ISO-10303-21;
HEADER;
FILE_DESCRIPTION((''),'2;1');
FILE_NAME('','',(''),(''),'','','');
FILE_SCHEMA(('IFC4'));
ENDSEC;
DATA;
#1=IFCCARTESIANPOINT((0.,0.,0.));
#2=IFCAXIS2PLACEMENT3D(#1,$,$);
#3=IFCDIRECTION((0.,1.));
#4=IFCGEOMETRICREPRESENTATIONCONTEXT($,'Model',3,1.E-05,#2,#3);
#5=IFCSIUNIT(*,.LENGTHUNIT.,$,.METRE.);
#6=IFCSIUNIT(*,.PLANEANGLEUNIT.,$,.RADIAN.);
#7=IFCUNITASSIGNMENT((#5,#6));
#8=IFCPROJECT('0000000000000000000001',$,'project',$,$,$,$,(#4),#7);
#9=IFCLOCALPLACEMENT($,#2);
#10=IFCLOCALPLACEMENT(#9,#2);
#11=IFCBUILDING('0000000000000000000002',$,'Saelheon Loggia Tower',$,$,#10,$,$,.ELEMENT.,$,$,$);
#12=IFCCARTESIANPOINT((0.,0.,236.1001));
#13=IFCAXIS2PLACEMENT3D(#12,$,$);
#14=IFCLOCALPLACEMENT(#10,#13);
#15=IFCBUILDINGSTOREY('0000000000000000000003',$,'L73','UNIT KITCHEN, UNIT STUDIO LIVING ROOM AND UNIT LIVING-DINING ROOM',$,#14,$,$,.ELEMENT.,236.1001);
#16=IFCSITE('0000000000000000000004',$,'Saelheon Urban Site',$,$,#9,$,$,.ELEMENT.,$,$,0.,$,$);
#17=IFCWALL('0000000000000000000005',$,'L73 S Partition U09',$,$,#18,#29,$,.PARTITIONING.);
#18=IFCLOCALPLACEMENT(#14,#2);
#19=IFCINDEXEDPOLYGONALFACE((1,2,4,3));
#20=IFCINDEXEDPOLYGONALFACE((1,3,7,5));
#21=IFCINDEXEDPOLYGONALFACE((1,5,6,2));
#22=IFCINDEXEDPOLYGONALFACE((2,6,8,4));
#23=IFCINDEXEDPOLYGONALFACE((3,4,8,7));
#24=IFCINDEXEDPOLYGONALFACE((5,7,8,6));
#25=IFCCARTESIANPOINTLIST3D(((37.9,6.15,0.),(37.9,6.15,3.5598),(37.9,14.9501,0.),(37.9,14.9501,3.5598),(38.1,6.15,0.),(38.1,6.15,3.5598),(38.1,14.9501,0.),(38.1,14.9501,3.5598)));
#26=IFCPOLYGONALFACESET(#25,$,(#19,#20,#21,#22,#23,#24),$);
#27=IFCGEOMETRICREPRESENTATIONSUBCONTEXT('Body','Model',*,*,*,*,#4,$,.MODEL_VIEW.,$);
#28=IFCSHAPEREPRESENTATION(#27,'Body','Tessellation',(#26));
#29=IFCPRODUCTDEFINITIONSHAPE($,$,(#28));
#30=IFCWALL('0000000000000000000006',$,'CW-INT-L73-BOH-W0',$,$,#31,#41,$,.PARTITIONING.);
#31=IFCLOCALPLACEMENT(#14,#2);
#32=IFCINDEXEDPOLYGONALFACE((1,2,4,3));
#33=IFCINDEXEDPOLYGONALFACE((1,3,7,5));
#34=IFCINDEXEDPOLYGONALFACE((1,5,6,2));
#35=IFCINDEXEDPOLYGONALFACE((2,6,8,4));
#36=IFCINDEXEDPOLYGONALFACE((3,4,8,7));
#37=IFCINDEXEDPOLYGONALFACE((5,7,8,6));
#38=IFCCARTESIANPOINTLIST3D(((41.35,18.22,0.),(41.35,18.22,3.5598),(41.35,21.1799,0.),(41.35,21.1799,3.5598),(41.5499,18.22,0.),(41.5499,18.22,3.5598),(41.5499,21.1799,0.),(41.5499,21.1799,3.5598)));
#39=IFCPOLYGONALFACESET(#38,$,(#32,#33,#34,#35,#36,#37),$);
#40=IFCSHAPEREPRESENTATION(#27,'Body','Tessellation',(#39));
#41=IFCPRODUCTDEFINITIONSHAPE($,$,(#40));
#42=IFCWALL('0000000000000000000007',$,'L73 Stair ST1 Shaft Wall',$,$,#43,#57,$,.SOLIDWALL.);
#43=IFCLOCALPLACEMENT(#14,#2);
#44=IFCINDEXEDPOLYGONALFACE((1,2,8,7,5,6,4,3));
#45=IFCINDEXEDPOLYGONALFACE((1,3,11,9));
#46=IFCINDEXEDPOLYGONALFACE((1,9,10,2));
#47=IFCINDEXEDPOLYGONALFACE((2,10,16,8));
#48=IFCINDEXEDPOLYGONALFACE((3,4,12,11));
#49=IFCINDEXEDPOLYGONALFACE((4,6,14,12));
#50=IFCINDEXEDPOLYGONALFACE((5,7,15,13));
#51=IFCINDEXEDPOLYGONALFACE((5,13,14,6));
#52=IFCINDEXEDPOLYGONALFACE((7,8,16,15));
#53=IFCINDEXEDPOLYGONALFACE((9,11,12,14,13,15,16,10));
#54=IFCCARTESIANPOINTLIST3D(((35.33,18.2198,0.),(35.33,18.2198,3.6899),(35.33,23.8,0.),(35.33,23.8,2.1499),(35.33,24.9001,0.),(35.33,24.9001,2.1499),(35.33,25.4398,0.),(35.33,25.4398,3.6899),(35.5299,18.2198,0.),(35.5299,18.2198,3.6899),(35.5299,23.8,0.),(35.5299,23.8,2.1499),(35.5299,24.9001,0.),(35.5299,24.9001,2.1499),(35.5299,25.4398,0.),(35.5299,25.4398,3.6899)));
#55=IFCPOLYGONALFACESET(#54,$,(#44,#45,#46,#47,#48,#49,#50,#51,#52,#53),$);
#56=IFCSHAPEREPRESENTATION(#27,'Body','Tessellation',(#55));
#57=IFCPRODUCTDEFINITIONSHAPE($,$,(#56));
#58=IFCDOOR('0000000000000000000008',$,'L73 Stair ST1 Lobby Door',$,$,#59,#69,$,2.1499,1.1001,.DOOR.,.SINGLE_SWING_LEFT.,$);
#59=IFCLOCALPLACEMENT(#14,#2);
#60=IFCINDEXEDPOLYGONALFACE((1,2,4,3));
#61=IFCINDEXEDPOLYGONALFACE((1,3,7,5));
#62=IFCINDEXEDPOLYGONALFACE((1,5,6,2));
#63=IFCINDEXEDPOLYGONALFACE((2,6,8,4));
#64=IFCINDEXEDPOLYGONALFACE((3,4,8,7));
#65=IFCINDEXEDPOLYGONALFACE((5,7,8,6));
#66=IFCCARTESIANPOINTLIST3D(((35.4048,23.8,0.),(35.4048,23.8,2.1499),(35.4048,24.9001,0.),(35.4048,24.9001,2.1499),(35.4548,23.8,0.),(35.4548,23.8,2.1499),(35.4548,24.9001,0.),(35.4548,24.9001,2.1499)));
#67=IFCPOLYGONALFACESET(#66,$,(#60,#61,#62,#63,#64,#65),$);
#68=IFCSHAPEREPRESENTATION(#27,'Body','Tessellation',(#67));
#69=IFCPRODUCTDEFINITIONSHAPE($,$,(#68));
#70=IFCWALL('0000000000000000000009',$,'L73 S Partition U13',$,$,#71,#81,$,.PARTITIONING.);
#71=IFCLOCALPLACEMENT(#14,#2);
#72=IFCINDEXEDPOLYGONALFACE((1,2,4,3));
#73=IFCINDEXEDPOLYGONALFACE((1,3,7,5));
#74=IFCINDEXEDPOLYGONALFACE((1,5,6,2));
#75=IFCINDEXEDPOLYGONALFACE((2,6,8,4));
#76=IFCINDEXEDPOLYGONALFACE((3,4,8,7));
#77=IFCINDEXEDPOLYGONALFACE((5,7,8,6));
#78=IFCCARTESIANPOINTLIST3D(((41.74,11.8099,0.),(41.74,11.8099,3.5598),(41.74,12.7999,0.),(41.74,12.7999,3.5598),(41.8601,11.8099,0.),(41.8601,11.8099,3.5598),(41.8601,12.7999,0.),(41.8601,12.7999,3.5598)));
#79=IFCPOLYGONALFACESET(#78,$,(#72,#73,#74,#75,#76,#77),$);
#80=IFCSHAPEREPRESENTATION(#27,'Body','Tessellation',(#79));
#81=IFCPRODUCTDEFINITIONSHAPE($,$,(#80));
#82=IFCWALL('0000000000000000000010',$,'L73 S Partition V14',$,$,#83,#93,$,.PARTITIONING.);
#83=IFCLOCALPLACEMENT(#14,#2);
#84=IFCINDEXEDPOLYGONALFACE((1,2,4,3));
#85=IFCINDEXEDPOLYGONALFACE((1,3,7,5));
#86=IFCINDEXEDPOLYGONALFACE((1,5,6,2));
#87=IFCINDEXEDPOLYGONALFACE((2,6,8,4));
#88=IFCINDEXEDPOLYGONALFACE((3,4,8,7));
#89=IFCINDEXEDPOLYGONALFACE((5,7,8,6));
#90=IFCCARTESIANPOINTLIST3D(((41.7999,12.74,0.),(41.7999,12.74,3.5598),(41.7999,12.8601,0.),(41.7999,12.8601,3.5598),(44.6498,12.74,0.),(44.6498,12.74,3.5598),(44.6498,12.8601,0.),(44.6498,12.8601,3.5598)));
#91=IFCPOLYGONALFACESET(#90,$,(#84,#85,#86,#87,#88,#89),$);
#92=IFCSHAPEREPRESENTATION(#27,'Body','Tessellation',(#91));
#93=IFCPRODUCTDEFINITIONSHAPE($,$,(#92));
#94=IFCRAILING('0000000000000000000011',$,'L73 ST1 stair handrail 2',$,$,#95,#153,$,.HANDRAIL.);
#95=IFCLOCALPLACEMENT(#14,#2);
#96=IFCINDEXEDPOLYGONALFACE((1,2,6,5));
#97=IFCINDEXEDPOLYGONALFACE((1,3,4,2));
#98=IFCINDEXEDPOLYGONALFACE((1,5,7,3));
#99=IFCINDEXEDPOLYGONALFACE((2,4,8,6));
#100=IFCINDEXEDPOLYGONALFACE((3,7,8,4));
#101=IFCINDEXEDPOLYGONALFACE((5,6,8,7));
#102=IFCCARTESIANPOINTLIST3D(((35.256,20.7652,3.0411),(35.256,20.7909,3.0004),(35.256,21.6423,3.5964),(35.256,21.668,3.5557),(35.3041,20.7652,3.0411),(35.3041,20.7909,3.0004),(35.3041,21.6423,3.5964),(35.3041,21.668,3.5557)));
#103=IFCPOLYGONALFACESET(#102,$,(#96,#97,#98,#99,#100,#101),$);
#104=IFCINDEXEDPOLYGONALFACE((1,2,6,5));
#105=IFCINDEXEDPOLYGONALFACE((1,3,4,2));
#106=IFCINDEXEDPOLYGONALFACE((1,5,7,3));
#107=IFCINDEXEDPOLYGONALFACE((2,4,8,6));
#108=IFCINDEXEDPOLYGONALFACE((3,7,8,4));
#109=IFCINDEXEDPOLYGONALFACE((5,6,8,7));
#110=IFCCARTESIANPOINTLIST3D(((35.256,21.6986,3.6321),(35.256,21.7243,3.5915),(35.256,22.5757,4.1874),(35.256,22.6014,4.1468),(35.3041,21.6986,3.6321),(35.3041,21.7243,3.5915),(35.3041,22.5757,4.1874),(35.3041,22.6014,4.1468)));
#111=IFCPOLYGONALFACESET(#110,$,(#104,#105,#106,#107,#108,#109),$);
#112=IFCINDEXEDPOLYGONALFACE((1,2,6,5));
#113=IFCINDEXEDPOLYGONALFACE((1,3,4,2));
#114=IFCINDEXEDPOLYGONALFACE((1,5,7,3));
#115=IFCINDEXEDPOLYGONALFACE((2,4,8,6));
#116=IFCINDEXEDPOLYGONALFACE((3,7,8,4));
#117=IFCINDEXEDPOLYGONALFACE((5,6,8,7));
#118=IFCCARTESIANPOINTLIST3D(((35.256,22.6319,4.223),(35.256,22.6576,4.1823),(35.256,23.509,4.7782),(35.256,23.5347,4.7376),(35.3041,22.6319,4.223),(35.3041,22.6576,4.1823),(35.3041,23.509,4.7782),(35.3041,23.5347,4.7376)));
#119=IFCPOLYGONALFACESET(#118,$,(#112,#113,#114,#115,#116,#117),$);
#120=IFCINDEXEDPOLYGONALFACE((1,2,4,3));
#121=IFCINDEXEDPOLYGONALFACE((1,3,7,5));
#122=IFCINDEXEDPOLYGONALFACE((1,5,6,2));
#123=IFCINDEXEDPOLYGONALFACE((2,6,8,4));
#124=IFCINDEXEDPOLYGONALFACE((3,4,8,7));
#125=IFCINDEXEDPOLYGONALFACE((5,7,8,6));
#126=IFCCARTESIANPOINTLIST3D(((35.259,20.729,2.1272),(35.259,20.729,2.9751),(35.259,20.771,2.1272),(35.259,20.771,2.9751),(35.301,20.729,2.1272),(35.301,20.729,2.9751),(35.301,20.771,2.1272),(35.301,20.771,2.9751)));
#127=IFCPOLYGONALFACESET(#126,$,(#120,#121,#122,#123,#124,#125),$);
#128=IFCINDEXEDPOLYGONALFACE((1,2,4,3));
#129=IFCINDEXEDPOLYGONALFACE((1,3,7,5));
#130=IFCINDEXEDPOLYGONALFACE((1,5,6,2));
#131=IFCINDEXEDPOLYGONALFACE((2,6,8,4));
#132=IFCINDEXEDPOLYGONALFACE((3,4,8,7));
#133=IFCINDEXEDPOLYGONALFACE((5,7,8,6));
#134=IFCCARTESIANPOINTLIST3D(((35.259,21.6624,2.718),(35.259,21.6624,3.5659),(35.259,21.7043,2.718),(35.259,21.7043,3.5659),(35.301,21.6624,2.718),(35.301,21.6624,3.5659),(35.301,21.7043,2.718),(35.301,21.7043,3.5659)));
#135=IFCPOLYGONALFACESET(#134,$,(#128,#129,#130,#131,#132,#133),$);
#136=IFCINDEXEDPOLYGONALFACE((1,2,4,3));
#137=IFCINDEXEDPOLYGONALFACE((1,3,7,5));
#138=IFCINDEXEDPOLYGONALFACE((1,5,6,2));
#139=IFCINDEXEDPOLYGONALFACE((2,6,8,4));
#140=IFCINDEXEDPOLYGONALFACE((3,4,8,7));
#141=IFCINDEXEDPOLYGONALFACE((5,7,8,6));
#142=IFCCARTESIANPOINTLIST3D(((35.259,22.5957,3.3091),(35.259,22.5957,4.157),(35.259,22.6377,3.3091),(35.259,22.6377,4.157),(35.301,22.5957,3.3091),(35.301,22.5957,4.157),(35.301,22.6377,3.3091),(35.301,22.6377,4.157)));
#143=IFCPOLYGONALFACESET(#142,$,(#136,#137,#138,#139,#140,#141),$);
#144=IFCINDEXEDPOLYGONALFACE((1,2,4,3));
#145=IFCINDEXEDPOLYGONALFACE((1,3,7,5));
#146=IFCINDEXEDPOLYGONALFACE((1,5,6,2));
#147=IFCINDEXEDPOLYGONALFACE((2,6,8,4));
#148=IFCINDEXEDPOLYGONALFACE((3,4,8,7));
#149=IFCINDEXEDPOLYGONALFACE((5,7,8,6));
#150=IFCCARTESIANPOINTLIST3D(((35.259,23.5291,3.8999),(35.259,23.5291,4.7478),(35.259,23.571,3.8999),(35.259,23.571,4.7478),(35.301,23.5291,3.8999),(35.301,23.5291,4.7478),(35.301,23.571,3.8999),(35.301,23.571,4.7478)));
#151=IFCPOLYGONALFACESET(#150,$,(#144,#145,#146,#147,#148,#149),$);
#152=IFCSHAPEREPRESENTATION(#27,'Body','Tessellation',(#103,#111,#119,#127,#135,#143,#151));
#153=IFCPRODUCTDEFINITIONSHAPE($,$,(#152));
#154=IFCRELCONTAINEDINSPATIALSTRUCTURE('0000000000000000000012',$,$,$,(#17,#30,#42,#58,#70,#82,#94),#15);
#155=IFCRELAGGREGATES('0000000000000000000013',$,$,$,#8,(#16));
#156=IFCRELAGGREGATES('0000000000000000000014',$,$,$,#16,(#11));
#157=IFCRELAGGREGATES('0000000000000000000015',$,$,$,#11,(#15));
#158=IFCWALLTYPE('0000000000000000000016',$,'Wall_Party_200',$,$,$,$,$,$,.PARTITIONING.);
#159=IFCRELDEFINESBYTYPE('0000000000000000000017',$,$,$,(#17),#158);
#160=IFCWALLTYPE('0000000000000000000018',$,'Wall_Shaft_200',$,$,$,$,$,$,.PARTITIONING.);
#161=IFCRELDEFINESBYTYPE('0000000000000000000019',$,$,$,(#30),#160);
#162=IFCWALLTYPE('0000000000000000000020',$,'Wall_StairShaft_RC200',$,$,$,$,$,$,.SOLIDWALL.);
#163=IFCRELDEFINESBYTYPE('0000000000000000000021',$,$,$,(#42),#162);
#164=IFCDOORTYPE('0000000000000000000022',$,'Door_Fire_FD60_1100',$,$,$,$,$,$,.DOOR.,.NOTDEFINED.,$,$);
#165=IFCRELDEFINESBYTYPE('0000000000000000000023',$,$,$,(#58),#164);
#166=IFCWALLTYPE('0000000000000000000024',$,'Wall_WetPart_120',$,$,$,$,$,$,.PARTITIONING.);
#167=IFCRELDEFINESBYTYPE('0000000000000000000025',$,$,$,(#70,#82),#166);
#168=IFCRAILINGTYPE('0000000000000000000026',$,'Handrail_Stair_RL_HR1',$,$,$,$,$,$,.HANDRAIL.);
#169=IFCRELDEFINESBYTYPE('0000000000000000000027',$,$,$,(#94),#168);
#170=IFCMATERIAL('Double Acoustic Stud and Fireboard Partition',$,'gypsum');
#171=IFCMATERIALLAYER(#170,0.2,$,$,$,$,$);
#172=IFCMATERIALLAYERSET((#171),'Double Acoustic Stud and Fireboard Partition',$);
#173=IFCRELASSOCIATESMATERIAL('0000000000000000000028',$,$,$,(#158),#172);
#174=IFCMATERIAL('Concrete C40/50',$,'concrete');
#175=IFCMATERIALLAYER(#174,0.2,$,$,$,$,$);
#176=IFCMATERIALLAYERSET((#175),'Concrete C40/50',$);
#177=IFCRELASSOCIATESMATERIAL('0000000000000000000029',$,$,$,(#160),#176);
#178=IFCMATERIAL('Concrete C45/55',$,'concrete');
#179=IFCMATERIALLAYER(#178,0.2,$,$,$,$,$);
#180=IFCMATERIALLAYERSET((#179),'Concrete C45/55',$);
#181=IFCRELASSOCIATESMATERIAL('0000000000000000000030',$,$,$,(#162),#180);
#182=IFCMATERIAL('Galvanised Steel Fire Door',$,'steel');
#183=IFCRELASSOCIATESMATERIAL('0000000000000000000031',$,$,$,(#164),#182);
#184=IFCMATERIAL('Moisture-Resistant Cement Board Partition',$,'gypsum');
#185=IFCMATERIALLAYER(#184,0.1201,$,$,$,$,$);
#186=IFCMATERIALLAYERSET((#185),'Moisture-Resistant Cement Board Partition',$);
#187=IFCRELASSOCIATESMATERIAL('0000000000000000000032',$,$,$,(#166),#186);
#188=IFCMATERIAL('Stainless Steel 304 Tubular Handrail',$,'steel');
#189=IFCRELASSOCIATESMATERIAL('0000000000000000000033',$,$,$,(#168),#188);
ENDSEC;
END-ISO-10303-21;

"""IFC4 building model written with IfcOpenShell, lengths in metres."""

from ifc_helpers import new_model, si_unit, direction, frame, frame_2d, origin, origin_2d, place, context, subcontext, project, spatial, rectangle, extrude, source, transform, mapped, material, layer, layer_set, type_object, element, fill, save


model = new_model("IFC4")

# Units and contexts
model_context = context("Model", 3, precision=1e-05, world=origin(), true_north=direction((0.0, 1.0)))
body_context = subcontext(model_context, "Body", "Model", "MODEL_VIEW")
ifc_project = project(units=[si_unit("LENGTHUNIT", "METRE"), si_unit("PLANEANGLEUNIT", "RADIAN")], contexts=[model_context])

# Site, building, storey
site_placement = place(None, origin())
site = spatial("IfcSite", under=ifc_project, at=site_placement, Name="Saelheon Urban Site", CompositionType="ELEMENT", RefElevation=0.0)
building_placement = place(site_placement, origin())
building = spatial("IfcBuilding", under=site, at=building_placement, Name="Saelheon Loggia Tower", CompositionType="ELEMENT")
storey_placement = place(building_placement, frame((0.0, 0.0, 236.1001)))
storey = spatial("IfcBuildingStorey", under=building, at=storey_placement, Name="L73", Description="UNIT KITCHEN, UNIT STUDIO LIVING ROOM AND UNIT LIVING-DINING ROOM", CompositionType="ELEMENT", Elevation=236.1001)

# Wall
ifc_material_1 = material(Name="Double Acoustic Stud and Fireboard Partition", Category="gypsum")
ifc_layer_1 = layer(ifc_material_1, 0.2)
ifc_layer_set_1 = layer_set([ifc_layer_1], Name="Double Acoustic Stud and Fireboard Partition")
wall_type_1 = type_object("IfcWallType", Name="Wall_Party_200", PredefinedType="PARTITIONING", material=ifc_layer_set_1)
wall_1_placement = place(storey_placement, frame((38.0, 14.95, 0.0), z_axis=(0.0, 0.0, 1.0), x_axis=(0.0, -1.0, 0.0)))
element("IfcWall", 1, at=wall_1_placement, inside=storey, type_object=wall_type_1, Name="L73 S Partition U09", PredefinedType="PARTITIONING", context=body_context, shape_type="SweptSolid", body=[
    extrude(rectangle(XDim=8.8, YDim=0.2, at=frame_2d((4.3999, 0.0))), origin(), (0.0, 0.0, 1.0), 3.5598),
])

# Wall
ifc_material_2 = material(Name="Concrete C40/50", Category="concrete")
ifc_layer_2 = layer(ifc_material_2, 0.2)
ifc_layer_set_2 = layer_set([ifc_layer_2], Name="Concrete C40/50")
wall_type_2 = type_object("IfcWallType", Name="Wall_Shaft_200", PredefinedType="PARTITIONING", material=ifc_layer_set_2)
wall_2_placement = place(storey_placement, frame((41.45, 18.22, 0.0), z_axis=(0.0, 0.0, 1.0), x_axis=(0.0, 1.0, 0.0)))
element("IfcWall", 2, at=wall_2_placement, inside=storey, type_object=wall_type_2, Name="CW-INT-L73-BOH-W0", PredefinedType="PARTITIONING", context=body_context, shape_type="SweptSolid", body=[
    extrude(rectangle(XDim=2.96, YDim=0.2, at=frame_2d((1.48, 0.0))), origin(), (0.0, 0.0, 1.0), 3.5598),
])

# Wall, opening, door
ifc_material_3 = material(Name="Concrete C45/55", Category="concrete")
ifc_layer_3 = layer(ifc_material_3, 0.2)
ifc_layer_set_3 = layer_set([ifc_layer_3], Name="Concrete C45/55")
wall_type_3 = type_object("IfcWallType", Name="Wall_StairShaft_RC200", PredefinedType="SOLIDWALL", material=ifc_layer_set_3)
wall_3_placement = place(storey_placement, frame((35.4299, 18.22, 0.0), z_axis=(0.0, 0.0, 1.0), x_axis=(0.0, 1.0, 0.0)))
wall_3 = element("IfcWall", 3, at=wall_3_placement, inside=storey, type_object=wall_type_3, Name="L73 Stair ST1 Shaft Wall", PredefinedType="SOLIDWALL", context=body_context, shape_type="SweptSolid", body=[
    extrude(rectangle(XDim=7.22, YDim=0.2, at=frame_2d((3.6099, 0.0))), origin(), (0.0, 0.0, 1.0), 3.6899),
])
opening_1_placement = place(wall_3_placement, frame((6.6802, 0.0, 0.0), z_axis=(0.0, 0.0, 1.0), x_axis=(-1.0, 0.0, 0.0)))
opening_1 = element("IfcOpeningElement", 4, at=opening_1_placement, cuts=wall_3, PredefinedType="OPENING", context=body_context, shape_type="SweptSolid", body=[
    extrude(rectangle(XDim=1.1001, YDim=2.1499, at=frame_2d((0.55, 1.075))), frame((0.0, 0.1121, 0.0), z_axis=(0.0, -1.0, 0.0), x_axis=(1.0, 0.0, 0.0)), (0.0, 0.0, 1.0), 0.2239),
])
ifc_material_4 = material(Name="Galvanised Steel Fire Door", Category="steel")
door_type_1 = type_object("IfcDoorType", Name="Door_Fire_FD60_1100", OperationType="NOTDEFINED", PredefinedType="DOOR", material=ifc_material_4)
shared_shape_1 = source(origin(), body_context, "Body", "SweptSolid", [
    extrude(rectangle(XDim=1.1001, YDim=2.1499, at=frame_2d((0.55, 1.075))), frame((0.0, 0.0249, 0.0), z_axis=(0.0, -1.0, 0.0), x_axis=(1.0, 0.0, 0.0)), (0.0, 0.0, 1.0), 0.05),
])
door_1_placement = place(opening_1_placement, origin())
door_1 = element("IfcDoor", 5, at=door_1_placement, inside=storey, type_object=door_type_1, Name="L73 Stair ST1 Lobby Door", OperationType="SINGLE_SWING_LEFT", OverallHeight=2.1499, OverallWidth=1.1001, PredefinedType="DOOR", context=body_context, shape_type="MappedRepresentation", body=[
    mapped(shared_shape_1, transform((0.0, 0.0, 0.0), scale=1.0)),
])
fill(opening_1, door_1)

# Walls
ifc_material_5 = material(Name="Moisture-Resistant Cement Board Partition", Category="gypsum")
ifc_layer_4 = layer(ifc_material_5, 0.1201)
ifc_layer_set_4 = layer_set([ifc_layer_4], Name="Moisture-Resistant Cement Board Partition")
wall_type_4 = type_object("IfcWallType", Name="Wall_WetPart_120", PredefinedType="PARTITIONING", material=ifc_layer_set_4)
wall_4_placement = place(storey_placement, frame((41.8, 12.8, 0.0), z_axis=(0.0, 0.0, 1.0), x_axis=(0.0, -1.0, 0.0)))
element("IfcWall", 6, at=wall_4_placement, inside=storey, type_object=wall_type_4, Name="L73 S Partition U13", PredefinedType="PARTITIONING", context=body_context, shape_type="SweptSolid", body=[
    extrude(rectangle(XDim=0.99, YDim=0.1201, at=frame_2d((0.4951, 0.0))), origin(), (0.0, 0.0, 1.0), 3.5598),
])
wall_5_placement = place(storey_placement, frame((41.8, 12.8, 0.0), z_axis=(0.0, 0.0, 1.0), x_axis=(1.0, 0.0, 0.0)))
element("IfcWall", 7, at=wall_5_placement, inside=storey, type_object=wall_type_4, Name="L73 S Partition V14", PredefinedType="PARTITIONING", context=body_context, shape_type="SweptSolid", body=[
    extrude(rectangle(XDim=2.8499, YDim=0.1201, at=frame_2d((1.4248, 0.0))), origin(), (0.0, 0.0, 1.0), 3.5598),
])

# Railing
ifc_material_6 = material(Name="Stainless Steel 304 Tubular Handrail", Category="steel")
railing_type = type_object("IfcRailingType", Name="Handrail_Stair_RL_HR1", PredefinedType="HANDRAIL", material=ifc_material_6)
railing_placement = place(storey_placement, frame((35.28, 20.75, 2.1272)))
element("IfcRailing", 8, at=railing_placement, inside=storey, type_object=railing_type, Name="L73 ST1 stair handrail 2", PredefinedType="HANDRAIL", context=body_context, shape_type="SweptSolid", body=[
    extrude(rectangle(XDim=0.0481, YDim=0.0481, at=origin_2d()), frame((0.0, 0.0281, 0.8936), z_axis=(0.0, 0.844909, 0.53491), x_axis=(-1.0, 0.0, 0.0)), (0.0, 0.0, 1.0), 1.0381),
    extrude(rectangle(XDim=0.0481, YDim=0.0481, at=origin_2d()), frame((0.0, 0.9614, 1.4846), z_axis=(0.0, 0.844909, 0.53491), x_axis=(-1.0, 0.0, 0.0)), (0.0, 0.0, 1.0), 1.0381),
    extrude(rectangle(XDim=0.0481, YDim=0.0481, at=origin_2d()), frame((0.0, 1.8948, 2.0754), z_axis=(0.0, 0.844909, 0.53491), x_axis=(-1.0, 0.0, 0.0)), (0.0, 0.0, 1.0), 1.0381),
    extrude(rectangle(XDim=0.042, YDim=0.042, at=origin_2d()), origin(), (0.0, 0.0, 1.0), 0.8479),
    extrude(rectangle(XDim=0.042, YDim=0.042, at=origin_2d()), frame((0.0, 0.9333, 0.5908)), (0.0, 0.0, 1.0), 0.8479),
    extrude(rectangle(XDim=0.042, YDim=0.042, at=origin_2d()), frame((0.0, 1.8667, 1.1819)), (0.0, 0.0, 1.0), 0.8479),
    extrude(rectangle(XDim=0.042, YDim=0.042, at=origin_2d()), frame((0.0, 2.8, 1.7727)), (0.0, 0.0, 1.0), 0.8479),
])

save(model, "model.ifc")
